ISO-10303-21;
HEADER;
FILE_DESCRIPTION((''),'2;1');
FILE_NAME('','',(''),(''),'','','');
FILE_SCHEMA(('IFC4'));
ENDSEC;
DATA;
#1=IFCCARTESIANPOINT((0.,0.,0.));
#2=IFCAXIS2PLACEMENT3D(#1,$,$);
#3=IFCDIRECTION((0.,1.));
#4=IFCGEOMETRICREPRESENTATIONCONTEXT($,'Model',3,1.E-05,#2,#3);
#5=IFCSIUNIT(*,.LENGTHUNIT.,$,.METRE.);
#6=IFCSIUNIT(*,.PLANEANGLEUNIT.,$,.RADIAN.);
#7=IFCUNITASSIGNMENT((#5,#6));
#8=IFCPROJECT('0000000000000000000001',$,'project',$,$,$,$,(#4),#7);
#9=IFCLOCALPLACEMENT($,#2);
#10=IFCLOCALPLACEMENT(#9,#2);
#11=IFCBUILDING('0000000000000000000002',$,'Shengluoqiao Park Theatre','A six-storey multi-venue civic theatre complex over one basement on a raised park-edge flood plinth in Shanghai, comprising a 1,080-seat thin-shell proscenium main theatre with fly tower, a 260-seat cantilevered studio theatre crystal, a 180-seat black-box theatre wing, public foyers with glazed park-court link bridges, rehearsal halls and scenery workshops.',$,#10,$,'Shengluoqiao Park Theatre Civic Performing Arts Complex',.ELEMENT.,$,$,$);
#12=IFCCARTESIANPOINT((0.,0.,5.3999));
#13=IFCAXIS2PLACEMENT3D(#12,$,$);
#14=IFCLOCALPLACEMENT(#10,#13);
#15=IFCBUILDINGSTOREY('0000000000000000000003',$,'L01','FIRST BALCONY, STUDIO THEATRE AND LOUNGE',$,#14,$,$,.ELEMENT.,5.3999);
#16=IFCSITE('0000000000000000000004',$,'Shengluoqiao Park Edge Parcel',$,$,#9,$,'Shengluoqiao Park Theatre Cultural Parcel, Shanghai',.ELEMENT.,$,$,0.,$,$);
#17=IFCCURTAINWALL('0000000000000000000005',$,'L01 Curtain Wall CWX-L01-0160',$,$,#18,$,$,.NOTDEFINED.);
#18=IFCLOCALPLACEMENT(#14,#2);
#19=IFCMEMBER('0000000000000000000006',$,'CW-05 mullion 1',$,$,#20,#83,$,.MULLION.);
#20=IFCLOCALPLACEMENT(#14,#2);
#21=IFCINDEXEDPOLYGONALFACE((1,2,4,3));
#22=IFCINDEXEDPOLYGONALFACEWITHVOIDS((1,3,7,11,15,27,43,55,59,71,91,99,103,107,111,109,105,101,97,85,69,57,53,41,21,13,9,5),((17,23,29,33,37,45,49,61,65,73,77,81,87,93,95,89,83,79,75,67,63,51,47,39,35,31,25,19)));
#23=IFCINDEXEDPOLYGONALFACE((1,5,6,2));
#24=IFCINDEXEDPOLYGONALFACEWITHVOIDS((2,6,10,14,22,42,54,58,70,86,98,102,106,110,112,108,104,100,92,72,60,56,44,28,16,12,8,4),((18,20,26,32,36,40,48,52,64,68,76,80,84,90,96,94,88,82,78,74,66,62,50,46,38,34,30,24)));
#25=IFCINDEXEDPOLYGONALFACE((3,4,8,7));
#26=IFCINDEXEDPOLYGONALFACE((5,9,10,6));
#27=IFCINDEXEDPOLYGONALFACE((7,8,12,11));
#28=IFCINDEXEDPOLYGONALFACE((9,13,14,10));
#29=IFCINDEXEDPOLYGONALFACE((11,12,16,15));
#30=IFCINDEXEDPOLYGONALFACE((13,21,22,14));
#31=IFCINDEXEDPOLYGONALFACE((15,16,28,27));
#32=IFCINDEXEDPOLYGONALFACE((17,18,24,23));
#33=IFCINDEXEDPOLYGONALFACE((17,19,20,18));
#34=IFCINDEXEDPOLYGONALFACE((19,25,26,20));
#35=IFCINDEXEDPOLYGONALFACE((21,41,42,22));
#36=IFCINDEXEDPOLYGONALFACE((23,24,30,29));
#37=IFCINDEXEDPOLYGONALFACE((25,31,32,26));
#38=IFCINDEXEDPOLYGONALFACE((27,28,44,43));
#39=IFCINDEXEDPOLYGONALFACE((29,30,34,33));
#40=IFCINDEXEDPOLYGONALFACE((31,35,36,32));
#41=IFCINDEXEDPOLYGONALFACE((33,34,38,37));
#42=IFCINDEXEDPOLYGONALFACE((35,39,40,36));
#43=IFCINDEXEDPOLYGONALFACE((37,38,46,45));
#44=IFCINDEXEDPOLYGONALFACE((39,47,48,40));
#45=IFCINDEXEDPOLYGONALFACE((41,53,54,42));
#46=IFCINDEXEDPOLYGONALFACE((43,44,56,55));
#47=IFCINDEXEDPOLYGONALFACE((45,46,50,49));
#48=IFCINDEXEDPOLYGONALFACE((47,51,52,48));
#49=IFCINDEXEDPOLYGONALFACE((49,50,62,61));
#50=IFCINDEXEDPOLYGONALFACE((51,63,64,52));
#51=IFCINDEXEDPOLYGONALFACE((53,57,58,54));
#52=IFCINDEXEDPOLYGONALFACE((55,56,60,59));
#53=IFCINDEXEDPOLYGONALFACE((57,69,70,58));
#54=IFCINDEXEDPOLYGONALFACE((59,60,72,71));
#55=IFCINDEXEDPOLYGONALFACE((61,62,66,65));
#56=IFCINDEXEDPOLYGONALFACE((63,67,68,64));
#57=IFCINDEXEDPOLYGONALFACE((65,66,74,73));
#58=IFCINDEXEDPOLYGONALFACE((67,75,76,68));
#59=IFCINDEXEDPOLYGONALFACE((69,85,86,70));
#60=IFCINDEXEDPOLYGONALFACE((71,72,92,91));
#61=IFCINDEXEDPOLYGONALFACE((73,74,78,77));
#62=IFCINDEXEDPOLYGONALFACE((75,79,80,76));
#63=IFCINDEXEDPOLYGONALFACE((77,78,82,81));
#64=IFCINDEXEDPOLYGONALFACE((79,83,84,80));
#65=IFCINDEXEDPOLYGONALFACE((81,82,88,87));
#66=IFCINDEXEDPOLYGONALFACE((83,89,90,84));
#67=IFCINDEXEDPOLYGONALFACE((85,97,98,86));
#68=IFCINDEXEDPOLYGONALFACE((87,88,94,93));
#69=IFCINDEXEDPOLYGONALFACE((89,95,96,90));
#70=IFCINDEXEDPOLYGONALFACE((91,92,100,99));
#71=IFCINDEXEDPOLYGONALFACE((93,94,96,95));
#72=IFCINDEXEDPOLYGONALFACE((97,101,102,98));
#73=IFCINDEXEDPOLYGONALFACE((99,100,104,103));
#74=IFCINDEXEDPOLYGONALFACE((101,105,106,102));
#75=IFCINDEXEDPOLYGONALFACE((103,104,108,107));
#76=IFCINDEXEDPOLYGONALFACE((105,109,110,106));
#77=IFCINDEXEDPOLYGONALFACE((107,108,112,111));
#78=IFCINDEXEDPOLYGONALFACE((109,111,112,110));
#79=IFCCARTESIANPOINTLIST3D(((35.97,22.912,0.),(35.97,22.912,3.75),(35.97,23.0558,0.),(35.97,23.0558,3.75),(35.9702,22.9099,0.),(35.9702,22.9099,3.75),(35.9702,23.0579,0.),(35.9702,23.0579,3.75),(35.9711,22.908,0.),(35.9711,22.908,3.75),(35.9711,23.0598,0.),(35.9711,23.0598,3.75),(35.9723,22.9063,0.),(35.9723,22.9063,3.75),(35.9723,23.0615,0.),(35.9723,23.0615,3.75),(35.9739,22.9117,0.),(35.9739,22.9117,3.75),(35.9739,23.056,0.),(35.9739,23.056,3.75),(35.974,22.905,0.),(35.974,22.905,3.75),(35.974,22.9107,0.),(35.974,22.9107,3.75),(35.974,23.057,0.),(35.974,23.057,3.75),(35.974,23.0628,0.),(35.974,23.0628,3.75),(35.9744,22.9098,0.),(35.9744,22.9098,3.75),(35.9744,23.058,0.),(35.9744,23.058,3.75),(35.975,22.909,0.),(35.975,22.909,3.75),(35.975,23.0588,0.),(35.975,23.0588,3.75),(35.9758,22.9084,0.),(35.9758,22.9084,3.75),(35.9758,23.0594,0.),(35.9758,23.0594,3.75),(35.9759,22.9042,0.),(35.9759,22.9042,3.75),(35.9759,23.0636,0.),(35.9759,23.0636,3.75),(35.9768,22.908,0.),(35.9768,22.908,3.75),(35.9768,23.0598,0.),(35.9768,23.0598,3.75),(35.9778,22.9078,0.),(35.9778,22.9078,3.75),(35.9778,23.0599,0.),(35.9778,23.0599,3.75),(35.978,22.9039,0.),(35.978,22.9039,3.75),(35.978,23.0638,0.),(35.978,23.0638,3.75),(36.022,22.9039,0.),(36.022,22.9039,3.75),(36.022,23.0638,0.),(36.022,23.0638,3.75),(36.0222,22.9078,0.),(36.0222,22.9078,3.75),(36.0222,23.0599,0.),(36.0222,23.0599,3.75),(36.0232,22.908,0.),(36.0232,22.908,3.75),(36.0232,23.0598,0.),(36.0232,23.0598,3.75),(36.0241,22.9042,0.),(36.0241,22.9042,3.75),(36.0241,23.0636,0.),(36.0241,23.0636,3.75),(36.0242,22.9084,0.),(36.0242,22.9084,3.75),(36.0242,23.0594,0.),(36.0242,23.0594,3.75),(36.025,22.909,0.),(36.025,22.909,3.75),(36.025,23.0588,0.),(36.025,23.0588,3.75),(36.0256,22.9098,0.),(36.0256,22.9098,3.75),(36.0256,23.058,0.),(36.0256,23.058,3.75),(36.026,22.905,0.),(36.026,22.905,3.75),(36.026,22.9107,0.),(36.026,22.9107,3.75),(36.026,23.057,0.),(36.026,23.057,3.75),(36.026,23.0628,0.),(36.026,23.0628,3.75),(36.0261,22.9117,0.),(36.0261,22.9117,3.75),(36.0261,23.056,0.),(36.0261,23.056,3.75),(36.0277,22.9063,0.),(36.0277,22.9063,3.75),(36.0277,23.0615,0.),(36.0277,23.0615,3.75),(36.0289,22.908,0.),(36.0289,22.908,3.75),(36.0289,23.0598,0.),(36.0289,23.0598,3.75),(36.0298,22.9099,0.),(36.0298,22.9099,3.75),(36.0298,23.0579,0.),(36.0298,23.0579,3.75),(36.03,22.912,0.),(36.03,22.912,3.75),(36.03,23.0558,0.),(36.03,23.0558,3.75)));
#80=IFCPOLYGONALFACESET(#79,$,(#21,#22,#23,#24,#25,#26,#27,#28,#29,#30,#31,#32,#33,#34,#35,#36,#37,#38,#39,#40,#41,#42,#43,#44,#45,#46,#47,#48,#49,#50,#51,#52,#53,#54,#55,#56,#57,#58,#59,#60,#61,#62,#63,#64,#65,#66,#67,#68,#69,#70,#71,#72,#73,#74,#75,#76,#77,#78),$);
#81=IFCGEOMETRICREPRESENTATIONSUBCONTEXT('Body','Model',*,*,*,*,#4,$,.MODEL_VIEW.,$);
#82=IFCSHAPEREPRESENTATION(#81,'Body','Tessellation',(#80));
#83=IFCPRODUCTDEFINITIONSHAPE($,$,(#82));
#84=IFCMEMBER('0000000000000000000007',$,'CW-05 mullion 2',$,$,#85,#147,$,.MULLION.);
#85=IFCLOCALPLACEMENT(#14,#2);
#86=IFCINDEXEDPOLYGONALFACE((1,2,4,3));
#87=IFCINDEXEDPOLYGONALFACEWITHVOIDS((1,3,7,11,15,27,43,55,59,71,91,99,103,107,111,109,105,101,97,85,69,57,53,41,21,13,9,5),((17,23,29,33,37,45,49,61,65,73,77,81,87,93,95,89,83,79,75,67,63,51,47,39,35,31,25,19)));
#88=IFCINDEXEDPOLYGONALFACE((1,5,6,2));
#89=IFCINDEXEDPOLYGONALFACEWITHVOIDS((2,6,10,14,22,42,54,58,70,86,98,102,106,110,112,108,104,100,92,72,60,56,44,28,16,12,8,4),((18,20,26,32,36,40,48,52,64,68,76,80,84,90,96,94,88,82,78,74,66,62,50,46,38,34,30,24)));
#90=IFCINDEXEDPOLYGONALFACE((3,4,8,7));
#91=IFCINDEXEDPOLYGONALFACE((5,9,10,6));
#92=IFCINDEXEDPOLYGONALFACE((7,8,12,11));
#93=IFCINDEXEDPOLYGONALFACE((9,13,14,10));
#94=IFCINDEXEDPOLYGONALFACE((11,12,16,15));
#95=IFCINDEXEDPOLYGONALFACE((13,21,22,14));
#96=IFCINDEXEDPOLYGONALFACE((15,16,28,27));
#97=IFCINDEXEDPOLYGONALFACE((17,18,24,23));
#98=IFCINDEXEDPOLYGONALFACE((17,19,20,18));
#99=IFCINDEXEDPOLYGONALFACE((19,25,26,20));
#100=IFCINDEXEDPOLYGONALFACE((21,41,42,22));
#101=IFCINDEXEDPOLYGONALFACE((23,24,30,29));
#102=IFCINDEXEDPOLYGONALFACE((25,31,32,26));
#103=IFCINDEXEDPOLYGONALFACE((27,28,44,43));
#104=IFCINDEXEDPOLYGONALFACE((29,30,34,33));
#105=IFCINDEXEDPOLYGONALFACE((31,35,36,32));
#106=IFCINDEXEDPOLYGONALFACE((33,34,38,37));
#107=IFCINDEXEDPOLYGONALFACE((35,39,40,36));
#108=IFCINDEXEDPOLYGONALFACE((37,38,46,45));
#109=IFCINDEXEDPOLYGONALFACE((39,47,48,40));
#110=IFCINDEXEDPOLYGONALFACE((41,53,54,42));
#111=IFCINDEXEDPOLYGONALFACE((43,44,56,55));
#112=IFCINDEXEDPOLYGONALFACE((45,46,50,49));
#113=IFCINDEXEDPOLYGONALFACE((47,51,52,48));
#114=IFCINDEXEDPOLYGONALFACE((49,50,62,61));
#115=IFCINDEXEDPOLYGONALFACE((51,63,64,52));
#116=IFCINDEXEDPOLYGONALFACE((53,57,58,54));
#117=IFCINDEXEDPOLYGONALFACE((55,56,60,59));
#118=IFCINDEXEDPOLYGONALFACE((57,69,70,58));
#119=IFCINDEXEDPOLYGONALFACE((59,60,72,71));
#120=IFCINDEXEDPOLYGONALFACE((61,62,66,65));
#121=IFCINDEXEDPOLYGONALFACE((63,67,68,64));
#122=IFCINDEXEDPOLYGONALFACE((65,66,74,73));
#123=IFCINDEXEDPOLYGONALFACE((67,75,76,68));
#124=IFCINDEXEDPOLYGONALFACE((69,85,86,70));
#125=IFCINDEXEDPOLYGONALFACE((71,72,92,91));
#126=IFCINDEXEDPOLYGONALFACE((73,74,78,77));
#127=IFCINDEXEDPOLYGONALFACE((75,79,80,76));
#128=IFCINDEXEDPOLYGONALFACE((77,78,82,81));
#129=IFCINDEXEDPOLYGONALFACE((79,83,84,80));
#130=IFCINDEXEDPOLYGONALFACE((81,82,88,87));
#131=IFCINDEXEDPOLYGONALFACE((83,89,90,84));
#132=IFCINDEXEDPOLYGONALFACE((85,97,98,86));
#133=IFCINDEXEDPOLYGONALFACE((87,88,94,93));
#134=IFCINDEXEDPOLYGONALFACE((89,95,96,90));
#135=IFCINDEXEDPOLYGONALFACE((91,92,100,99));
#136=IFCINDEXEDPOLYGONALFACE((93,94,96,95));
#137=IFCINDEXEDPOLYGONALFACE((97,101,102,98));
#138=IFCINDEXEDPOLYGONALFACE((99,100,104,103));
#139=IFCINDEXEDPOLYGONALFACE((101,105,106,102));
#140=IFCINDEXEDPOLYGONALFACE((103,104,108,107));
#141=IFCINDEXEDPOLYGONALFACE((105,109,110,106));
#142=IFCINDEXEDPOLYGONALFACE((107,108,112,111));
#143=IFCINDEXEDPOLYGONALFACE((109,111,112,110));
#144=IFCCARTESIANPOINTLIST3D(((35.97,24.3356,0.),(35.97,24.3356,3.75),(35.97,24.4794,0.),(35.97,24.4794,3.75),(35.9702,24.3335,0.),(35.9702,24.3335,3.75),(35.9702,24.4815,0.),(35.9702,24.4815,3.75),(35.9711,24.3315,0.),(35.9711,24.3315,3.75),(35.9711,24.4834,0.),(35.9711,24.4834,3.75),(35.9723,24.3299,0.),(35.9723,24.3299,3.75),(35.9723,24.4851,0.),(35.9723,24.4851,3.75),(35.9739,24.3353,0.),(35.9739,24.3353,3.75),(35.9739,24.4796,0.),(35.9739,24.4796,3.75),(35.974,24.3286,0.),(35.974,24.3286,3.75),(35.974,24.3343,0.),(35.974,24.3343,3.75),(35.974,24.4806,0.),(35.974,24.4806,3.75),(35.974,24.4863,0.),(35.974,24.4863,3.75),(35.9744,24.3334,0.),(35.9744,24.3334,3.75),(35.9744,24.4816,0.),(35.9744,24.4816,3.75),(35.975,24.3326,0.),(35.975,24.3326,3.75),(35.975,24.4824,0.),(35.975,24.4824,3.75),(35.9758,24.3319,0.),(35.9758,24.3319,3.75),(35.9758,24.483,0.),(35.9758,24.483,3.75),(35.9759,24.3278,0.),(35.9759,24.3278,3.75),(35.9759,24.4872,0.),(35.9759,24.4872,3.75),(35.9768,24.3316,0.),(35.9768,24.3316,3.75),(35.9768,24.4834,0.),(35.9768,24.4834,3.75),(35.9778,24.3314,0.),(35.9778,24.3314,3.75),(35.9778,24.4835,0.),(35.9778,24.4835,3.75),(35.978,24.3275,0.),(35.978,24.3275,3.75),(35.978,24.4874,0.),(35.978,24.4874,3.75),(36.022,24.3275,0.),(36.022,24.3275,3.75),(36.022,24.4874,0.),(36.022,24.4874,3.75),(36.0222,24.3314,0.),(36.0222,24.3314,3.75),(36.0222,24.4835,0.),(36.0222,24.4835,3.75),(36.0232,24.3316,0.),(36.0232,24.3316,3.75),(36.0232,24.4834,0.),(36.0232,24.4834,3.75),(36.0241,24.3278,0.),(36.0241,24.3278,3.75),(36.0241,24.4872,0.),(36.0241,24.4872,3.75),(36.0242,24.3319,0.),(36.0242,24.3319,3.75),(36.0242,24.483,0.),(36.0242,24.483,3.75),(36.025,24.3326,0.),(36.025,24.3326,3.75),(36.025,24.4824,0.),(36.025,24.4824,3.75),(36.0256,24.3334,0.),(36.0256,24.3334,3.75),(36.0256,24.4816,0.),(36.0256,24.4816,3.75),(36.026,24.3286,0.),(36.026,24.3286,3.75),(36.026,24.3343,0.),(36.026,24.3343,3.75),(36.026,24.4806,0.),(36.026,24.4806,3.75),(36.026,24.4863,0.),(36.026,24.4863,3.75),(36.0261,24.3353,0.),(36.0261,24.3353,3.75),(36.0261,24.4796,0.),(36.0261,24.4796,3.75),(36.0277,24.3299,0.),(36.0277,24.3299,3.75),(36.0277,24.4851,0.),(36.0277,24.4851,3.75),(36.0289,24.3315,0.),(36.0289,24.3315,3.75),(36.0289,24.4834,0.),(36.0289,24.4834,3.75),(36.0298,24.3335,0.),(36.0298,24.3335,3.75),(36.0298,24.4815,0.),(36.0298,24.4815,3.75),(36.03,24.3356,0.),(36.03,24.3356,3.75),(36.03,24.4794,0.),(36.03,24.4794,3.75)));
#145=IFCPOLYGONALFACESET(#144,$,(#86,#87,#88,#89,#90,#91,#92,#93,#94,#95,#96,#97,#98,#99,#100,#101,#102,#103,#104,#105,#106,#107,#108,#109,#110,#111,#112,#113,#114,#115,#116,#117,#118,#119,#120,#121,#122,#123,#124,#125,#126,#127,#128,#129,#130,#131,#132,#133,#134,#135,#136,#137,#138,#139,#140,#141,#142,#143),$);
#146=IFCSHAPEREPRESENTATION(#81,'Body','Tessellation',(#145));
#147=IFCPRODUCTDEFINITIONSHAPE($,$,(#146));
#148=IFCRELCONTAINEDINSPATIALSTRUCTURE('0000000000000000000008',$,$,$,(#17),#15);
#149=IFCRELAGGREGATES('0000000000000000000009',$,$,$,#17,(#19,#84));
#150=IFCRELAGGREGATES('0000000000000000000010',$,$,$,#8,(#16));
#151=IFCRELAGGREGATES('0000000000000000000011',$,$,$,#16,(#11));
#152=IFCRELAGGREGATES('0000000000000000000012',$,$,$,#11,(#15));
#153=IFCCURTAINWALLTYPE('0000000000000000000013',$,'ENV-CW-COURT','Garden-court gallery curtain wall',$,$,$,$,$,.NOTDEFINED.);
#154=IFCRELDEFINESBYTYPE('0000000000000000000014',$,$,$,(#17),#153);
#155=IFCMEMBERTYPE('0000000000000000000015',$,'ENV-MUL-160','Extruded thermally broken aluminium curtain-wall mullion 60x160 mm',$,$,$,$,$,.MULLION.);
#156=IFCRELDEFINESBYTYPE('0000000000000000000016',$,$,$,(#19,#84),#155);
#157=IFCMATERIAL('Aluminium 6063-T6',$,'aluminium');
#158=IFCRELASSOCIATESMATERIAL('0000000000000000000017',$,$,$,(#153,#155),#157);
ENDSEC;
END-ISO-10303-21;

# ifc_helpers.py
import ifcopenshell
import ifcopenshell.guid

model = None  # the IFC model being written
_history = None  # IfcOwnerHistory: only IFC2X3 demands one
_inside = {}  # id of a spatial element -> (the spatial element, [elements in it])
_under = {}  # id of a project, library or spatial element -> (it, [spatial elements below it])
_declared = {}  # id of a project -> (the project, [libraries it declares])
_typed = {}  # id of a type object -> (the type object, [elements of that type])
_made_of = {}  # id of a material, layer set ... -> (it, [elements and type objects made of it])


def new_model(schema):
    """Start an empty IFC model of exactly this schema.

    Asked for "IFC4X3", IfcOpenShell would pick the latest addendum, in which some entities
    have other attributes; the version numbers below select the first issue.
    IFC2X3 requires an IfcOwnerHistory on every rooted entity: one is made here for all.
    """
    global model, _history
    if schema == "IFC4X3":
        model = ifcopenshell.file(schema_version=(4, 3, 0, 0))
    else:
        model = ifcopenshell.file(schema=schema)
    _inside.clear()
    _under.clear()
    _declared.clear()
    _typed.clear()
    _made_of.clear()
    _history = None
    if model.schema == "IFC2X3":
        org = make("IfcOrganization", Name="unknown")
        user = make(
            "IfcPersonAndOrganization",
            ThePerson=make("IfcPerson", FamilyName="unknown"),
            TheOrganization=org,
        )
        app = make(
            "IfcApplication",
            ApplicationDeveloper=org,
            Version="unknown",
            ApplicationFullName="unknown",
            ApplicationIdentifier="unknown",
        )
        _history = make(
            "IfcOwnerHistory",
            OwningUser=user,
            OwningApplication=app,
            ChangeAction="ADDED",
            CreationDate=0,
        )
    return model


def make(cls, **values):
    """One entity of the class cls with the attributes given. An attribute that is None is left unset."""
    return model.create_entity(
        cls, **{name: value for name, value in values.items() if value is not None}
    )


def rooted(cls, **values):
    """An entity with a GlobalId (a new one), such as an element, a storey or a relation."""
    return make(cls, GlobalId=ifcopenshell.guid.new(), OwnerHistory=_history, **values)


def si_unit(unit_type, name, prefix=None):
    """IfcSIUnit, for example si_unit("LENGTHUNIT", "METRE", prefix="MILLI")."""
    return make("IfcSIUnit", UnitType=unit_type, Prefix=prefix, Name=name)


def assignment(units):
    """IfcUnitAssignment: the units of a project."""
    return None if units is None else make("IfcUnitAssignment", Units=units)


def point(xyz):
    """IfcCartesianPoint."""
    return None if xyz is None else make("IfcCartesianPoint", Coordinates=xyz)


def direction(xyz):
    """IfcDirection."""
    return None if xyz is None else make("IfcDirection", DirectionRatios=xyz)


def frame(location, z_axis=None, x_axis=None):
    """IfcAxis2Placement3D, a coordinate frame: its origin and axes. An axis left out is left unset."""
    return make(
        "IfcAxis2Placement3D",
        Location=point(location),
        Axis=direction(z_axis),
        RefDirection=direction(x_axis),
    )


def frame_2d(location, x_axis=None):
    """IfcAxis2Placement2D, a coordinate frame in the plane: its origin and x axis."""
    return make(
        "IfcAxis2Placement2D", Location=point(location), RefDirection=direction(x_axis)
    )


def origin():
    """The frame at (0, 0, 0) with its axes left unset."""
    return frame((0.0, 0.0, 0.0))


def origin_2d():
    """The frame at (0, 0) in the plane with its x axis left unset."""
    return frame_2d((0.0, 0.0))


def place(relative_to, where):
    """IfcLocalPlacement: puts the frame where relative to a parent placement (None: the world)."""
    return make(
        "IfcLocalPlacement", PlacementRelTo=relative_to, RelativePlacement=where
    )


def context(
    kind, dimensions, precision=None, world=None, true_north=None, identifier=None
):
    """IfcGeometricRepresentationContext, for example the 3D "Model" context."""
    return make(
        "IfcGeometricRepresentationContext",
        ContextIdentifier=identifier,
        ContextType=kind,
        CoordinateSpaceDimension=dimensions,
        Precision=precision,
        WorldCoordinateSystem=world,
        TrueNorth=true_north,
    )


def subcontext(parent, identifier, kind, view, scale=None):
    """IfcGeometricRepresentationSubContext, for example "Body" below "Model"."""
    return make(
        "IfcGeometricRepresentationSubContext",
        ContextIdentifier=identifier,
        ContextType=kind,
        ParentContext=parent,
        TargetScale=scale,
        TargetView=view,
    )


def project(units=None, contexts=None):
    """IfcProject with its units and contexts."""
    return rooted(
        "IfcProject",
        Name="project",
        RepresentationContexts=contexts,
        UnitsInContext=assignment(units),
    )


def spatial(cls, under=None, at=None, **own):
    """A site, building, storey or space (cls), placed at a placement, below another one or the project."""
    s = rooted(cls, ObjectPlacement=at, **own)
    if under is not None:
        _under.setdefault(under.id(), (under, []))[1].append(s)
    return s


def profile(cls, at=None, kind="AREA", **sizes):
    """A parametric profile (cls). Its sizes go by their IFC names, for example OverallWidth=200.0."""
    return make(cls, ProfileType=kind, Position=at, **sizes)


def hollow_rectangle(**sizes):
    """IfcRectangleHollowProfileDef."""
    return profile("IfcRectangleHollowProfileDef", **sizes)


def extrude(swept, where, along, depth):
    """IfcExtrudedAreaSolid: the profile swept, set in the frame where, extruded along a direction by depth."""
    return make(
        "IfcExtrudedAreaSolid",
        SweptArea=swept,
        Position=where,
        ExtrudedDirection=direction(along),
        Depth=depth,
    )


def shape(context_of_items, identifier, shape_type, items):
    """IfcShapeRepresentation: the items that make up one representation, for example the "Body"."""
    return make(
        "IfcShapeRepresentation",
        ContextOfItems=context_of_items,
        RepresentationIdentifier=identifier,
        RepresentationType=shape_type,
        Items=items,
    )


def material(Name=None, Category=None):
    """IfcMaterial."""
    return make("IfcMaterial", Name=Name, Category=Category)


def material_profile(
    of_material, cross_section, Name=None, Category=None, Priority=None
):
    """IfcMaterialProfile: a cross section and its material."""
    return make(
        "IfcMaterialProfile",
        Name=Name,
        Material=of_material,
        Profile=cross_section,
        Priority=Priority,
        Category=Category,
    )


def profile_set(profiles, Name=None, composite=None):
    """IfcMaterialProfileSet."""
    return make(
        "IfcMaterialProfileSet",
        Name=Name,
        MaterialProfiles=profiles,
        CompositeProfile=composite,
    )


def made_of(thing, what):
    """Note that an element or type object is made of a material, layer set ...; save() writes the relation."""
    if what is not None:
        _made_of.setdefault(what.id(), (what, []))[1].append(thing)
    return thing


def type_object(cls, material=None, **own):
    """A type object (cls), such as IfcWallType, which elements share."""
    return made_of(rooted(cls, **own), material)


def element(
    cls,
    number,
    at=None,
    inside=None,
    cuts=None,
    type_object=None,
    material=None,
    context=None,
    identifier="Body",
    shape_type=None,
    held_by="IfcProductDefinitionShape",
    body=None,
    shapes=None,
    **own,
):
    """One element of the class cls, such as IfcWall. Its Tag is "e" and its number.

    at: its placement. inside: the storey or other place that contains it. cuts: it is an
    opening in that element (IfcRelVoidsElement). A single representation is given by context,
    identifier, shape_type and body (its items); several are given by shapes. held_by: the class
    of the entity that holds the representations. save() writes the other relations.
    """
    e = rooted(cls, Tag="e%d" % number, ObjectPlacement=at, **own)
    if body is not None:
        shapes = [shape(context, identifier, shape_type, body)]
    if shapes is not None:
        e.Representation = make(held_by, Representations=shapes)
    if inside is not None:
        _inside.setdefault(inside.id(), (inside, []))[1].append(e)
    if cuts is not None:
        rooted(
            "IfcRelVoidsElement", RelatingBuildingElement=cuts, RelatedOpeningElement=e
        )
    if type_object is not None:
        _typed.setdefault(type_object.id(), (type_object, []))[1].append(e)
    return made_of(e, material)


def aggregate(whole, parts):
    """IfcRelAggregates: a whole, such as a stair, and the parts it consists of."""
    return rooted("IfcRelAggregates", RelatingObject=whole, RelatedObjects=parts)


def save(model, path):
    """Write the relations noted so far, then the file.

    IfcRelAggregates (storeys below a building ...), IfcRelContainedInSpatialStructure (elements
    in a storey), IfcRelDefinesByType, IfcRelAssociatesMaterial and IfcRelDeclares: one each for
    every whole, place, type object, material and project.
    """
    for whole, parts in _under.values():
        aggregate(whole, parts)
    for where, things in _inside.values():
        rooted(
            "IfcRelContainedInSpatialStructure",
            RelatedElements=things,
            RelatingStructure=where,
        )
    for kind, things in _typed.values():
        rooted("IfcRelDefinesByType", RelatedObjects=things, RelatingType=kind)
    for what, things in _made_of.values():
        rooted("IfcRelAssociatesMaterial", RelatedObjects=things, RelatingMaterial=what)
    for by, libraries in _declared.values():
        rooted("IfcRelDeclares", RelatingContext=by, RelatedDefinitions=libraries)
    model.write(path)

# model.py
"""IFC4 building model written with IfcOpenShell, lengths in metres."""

from ifc_helpers import new_model, si_unit, direction, frame, origin, origin_2d, place, context, subcontext, project, spatial, hollow_rectangle, extrude, material, material_profile, profile_set, type_object, element, aggregate, save


model = new_model("IFC4")

# Units and contexts
model_context = context("Model", 3, precision=1e-05, world=origin(), true_north=direction((0.0, 1.0)))
body_context = subcontext(model_context, "Body", "Model", "MODEL_VIEW")
ifc_project = project(units=[si_unit("LENGTHUNIT", "METRE"), si_unit("PLANEANGLEUNIT", "RADIAN")], contexts=[model_context])

# Site, building, storey
site_placement = place(None, origin())
site = spatial("IfcSite", under=ifc_project, at=site_placement, Name="Shengluoqiao Park Edge Parcel", LongName="Shengluoqiao Park Theatre Cultural Parcel, Shanghai", CompositionType="ELEMENT", RefElevation=0.0)
building_placement = place(site_placement, origin())
building = spatial("IfcBuilding", under=site, at=building_placement, Name="Shengluoqiao Park Theatre", Description="A six-storey multi-venue civic theatre complex over one basement on a raised park-edge flood plinth in Shanghai, comprising a 1,080-seat thin-shell proscenium main theatre with fly tower, a 260-seat cantilevered studio theatre crystal, a 180-seat black-box theatre wing, public foyers with glazed park-court link bridges, rehearsal halls and scenery workshops.", LongName="Shengluoqiao Park Theatre Civic Performing Arts Complex", CompositionType="ELEMENT")
storey_placement = place(building_placement, frame((0.0, 0.0, 5.3999)))
storey = spatial("IfcBuildingStorey", under=building, at=storey_placement, Name="L01", Description="FIRST BALCONY, STUDIO THEATRE AND LOUNGE", CompositionType="ELEMENT", Elevation=5.3999)

# Curtain wall, members
ifc_material_1 = material(Name="Aluminium 6063-T6", Category="aluminium")
curtain_wall_type_1 = type_object("IfcCurtainWallType", Name="ENV-CW-COURT", Description="Garden-court gallery curtain wall", PredefinedType="NOTDEFINED", material=ifc_material_1)
curtain_wall_1_placement = place(storey_placement, origin())
curtain_wall_1 = element("IfcCurtainWall", 1, at=curtain_wall_1_placement, inside=storey, type_object=curtain_wall_type_1, Name="L01 Curtain Wall CWX-L01-0160", PredefinedType="NOTDEFINED")
ifc_material_profile_1 = material_profile(ifc_material_1, hollow_rectangle(XDim=0.0601, YDim=0.1599, WallThickness=0.0039, InnerFilletRadius=0.0039, OuterFilletRadius=0.0081, at=origin_2d()), Name="ALU MULLION 160x60x4")
ifc_profile_set_1 = profile_set([ifc_material_profile_1], Name="Aluminium 6063-T6")
member_type_1 = type_object("IfcMemberType", Name="ENV-MUL-160", Description="Extruded thermally broken aluminium curtain-wall mullion 60x160 mm", PredefinedType="MULLION", material=ifc_profile_set_1)
member_1_placement = place(storey_placement, frame((36.0, 22.9839, 0.0), z_axis=(0.0, 0.0, 1.0), x_axis=(-1.0, 0.0, 0.0)))
member_1 = element("IfcMember", 2, at=member_1_placement, type_object=member_type_1, Name="CW-05 mullion 1", PredefinedType="MULLION", context=body_context, shape_type="SweptSolid", body=[
    extrude(hollow_rectangle(XDim=0.0601, YDim=0.1599, WallThickness=0.0039, InnerFilletRadius=0.0039, OuterFilletRadius=0.0081, at=origin_2d()), origin(), (0.0, 0.0, 1.0), 3.75),
])
member_2_placement = place(storey_placement, frame((36.0, 24.4075, 0.0), z_axis=(0.0, 0.0, 1.0), x_axis=(-1.0, 0.0, 0.0)))
member_2 = element("IfcMember", 3, at=member_2_placement, type_object=member_type_1, Name="CW-05 mullion 2", PredefinedType="MULLION", context=body_context, shape_type="SweptSolid", body=[
    extrude(hollow_rectangle(XDim=0.0601, YDim=0.1599, WallThickness=0.0039, InnerFilletRadius=0.0039, OuterFilletRadius=0.0081, at=origin_2d()), origin(), (0.0, 0.0, 1.0), 3.75),
])

aggregate(curtain_wall_1, [member_1, member_2])

save(model, "model.ifc")
